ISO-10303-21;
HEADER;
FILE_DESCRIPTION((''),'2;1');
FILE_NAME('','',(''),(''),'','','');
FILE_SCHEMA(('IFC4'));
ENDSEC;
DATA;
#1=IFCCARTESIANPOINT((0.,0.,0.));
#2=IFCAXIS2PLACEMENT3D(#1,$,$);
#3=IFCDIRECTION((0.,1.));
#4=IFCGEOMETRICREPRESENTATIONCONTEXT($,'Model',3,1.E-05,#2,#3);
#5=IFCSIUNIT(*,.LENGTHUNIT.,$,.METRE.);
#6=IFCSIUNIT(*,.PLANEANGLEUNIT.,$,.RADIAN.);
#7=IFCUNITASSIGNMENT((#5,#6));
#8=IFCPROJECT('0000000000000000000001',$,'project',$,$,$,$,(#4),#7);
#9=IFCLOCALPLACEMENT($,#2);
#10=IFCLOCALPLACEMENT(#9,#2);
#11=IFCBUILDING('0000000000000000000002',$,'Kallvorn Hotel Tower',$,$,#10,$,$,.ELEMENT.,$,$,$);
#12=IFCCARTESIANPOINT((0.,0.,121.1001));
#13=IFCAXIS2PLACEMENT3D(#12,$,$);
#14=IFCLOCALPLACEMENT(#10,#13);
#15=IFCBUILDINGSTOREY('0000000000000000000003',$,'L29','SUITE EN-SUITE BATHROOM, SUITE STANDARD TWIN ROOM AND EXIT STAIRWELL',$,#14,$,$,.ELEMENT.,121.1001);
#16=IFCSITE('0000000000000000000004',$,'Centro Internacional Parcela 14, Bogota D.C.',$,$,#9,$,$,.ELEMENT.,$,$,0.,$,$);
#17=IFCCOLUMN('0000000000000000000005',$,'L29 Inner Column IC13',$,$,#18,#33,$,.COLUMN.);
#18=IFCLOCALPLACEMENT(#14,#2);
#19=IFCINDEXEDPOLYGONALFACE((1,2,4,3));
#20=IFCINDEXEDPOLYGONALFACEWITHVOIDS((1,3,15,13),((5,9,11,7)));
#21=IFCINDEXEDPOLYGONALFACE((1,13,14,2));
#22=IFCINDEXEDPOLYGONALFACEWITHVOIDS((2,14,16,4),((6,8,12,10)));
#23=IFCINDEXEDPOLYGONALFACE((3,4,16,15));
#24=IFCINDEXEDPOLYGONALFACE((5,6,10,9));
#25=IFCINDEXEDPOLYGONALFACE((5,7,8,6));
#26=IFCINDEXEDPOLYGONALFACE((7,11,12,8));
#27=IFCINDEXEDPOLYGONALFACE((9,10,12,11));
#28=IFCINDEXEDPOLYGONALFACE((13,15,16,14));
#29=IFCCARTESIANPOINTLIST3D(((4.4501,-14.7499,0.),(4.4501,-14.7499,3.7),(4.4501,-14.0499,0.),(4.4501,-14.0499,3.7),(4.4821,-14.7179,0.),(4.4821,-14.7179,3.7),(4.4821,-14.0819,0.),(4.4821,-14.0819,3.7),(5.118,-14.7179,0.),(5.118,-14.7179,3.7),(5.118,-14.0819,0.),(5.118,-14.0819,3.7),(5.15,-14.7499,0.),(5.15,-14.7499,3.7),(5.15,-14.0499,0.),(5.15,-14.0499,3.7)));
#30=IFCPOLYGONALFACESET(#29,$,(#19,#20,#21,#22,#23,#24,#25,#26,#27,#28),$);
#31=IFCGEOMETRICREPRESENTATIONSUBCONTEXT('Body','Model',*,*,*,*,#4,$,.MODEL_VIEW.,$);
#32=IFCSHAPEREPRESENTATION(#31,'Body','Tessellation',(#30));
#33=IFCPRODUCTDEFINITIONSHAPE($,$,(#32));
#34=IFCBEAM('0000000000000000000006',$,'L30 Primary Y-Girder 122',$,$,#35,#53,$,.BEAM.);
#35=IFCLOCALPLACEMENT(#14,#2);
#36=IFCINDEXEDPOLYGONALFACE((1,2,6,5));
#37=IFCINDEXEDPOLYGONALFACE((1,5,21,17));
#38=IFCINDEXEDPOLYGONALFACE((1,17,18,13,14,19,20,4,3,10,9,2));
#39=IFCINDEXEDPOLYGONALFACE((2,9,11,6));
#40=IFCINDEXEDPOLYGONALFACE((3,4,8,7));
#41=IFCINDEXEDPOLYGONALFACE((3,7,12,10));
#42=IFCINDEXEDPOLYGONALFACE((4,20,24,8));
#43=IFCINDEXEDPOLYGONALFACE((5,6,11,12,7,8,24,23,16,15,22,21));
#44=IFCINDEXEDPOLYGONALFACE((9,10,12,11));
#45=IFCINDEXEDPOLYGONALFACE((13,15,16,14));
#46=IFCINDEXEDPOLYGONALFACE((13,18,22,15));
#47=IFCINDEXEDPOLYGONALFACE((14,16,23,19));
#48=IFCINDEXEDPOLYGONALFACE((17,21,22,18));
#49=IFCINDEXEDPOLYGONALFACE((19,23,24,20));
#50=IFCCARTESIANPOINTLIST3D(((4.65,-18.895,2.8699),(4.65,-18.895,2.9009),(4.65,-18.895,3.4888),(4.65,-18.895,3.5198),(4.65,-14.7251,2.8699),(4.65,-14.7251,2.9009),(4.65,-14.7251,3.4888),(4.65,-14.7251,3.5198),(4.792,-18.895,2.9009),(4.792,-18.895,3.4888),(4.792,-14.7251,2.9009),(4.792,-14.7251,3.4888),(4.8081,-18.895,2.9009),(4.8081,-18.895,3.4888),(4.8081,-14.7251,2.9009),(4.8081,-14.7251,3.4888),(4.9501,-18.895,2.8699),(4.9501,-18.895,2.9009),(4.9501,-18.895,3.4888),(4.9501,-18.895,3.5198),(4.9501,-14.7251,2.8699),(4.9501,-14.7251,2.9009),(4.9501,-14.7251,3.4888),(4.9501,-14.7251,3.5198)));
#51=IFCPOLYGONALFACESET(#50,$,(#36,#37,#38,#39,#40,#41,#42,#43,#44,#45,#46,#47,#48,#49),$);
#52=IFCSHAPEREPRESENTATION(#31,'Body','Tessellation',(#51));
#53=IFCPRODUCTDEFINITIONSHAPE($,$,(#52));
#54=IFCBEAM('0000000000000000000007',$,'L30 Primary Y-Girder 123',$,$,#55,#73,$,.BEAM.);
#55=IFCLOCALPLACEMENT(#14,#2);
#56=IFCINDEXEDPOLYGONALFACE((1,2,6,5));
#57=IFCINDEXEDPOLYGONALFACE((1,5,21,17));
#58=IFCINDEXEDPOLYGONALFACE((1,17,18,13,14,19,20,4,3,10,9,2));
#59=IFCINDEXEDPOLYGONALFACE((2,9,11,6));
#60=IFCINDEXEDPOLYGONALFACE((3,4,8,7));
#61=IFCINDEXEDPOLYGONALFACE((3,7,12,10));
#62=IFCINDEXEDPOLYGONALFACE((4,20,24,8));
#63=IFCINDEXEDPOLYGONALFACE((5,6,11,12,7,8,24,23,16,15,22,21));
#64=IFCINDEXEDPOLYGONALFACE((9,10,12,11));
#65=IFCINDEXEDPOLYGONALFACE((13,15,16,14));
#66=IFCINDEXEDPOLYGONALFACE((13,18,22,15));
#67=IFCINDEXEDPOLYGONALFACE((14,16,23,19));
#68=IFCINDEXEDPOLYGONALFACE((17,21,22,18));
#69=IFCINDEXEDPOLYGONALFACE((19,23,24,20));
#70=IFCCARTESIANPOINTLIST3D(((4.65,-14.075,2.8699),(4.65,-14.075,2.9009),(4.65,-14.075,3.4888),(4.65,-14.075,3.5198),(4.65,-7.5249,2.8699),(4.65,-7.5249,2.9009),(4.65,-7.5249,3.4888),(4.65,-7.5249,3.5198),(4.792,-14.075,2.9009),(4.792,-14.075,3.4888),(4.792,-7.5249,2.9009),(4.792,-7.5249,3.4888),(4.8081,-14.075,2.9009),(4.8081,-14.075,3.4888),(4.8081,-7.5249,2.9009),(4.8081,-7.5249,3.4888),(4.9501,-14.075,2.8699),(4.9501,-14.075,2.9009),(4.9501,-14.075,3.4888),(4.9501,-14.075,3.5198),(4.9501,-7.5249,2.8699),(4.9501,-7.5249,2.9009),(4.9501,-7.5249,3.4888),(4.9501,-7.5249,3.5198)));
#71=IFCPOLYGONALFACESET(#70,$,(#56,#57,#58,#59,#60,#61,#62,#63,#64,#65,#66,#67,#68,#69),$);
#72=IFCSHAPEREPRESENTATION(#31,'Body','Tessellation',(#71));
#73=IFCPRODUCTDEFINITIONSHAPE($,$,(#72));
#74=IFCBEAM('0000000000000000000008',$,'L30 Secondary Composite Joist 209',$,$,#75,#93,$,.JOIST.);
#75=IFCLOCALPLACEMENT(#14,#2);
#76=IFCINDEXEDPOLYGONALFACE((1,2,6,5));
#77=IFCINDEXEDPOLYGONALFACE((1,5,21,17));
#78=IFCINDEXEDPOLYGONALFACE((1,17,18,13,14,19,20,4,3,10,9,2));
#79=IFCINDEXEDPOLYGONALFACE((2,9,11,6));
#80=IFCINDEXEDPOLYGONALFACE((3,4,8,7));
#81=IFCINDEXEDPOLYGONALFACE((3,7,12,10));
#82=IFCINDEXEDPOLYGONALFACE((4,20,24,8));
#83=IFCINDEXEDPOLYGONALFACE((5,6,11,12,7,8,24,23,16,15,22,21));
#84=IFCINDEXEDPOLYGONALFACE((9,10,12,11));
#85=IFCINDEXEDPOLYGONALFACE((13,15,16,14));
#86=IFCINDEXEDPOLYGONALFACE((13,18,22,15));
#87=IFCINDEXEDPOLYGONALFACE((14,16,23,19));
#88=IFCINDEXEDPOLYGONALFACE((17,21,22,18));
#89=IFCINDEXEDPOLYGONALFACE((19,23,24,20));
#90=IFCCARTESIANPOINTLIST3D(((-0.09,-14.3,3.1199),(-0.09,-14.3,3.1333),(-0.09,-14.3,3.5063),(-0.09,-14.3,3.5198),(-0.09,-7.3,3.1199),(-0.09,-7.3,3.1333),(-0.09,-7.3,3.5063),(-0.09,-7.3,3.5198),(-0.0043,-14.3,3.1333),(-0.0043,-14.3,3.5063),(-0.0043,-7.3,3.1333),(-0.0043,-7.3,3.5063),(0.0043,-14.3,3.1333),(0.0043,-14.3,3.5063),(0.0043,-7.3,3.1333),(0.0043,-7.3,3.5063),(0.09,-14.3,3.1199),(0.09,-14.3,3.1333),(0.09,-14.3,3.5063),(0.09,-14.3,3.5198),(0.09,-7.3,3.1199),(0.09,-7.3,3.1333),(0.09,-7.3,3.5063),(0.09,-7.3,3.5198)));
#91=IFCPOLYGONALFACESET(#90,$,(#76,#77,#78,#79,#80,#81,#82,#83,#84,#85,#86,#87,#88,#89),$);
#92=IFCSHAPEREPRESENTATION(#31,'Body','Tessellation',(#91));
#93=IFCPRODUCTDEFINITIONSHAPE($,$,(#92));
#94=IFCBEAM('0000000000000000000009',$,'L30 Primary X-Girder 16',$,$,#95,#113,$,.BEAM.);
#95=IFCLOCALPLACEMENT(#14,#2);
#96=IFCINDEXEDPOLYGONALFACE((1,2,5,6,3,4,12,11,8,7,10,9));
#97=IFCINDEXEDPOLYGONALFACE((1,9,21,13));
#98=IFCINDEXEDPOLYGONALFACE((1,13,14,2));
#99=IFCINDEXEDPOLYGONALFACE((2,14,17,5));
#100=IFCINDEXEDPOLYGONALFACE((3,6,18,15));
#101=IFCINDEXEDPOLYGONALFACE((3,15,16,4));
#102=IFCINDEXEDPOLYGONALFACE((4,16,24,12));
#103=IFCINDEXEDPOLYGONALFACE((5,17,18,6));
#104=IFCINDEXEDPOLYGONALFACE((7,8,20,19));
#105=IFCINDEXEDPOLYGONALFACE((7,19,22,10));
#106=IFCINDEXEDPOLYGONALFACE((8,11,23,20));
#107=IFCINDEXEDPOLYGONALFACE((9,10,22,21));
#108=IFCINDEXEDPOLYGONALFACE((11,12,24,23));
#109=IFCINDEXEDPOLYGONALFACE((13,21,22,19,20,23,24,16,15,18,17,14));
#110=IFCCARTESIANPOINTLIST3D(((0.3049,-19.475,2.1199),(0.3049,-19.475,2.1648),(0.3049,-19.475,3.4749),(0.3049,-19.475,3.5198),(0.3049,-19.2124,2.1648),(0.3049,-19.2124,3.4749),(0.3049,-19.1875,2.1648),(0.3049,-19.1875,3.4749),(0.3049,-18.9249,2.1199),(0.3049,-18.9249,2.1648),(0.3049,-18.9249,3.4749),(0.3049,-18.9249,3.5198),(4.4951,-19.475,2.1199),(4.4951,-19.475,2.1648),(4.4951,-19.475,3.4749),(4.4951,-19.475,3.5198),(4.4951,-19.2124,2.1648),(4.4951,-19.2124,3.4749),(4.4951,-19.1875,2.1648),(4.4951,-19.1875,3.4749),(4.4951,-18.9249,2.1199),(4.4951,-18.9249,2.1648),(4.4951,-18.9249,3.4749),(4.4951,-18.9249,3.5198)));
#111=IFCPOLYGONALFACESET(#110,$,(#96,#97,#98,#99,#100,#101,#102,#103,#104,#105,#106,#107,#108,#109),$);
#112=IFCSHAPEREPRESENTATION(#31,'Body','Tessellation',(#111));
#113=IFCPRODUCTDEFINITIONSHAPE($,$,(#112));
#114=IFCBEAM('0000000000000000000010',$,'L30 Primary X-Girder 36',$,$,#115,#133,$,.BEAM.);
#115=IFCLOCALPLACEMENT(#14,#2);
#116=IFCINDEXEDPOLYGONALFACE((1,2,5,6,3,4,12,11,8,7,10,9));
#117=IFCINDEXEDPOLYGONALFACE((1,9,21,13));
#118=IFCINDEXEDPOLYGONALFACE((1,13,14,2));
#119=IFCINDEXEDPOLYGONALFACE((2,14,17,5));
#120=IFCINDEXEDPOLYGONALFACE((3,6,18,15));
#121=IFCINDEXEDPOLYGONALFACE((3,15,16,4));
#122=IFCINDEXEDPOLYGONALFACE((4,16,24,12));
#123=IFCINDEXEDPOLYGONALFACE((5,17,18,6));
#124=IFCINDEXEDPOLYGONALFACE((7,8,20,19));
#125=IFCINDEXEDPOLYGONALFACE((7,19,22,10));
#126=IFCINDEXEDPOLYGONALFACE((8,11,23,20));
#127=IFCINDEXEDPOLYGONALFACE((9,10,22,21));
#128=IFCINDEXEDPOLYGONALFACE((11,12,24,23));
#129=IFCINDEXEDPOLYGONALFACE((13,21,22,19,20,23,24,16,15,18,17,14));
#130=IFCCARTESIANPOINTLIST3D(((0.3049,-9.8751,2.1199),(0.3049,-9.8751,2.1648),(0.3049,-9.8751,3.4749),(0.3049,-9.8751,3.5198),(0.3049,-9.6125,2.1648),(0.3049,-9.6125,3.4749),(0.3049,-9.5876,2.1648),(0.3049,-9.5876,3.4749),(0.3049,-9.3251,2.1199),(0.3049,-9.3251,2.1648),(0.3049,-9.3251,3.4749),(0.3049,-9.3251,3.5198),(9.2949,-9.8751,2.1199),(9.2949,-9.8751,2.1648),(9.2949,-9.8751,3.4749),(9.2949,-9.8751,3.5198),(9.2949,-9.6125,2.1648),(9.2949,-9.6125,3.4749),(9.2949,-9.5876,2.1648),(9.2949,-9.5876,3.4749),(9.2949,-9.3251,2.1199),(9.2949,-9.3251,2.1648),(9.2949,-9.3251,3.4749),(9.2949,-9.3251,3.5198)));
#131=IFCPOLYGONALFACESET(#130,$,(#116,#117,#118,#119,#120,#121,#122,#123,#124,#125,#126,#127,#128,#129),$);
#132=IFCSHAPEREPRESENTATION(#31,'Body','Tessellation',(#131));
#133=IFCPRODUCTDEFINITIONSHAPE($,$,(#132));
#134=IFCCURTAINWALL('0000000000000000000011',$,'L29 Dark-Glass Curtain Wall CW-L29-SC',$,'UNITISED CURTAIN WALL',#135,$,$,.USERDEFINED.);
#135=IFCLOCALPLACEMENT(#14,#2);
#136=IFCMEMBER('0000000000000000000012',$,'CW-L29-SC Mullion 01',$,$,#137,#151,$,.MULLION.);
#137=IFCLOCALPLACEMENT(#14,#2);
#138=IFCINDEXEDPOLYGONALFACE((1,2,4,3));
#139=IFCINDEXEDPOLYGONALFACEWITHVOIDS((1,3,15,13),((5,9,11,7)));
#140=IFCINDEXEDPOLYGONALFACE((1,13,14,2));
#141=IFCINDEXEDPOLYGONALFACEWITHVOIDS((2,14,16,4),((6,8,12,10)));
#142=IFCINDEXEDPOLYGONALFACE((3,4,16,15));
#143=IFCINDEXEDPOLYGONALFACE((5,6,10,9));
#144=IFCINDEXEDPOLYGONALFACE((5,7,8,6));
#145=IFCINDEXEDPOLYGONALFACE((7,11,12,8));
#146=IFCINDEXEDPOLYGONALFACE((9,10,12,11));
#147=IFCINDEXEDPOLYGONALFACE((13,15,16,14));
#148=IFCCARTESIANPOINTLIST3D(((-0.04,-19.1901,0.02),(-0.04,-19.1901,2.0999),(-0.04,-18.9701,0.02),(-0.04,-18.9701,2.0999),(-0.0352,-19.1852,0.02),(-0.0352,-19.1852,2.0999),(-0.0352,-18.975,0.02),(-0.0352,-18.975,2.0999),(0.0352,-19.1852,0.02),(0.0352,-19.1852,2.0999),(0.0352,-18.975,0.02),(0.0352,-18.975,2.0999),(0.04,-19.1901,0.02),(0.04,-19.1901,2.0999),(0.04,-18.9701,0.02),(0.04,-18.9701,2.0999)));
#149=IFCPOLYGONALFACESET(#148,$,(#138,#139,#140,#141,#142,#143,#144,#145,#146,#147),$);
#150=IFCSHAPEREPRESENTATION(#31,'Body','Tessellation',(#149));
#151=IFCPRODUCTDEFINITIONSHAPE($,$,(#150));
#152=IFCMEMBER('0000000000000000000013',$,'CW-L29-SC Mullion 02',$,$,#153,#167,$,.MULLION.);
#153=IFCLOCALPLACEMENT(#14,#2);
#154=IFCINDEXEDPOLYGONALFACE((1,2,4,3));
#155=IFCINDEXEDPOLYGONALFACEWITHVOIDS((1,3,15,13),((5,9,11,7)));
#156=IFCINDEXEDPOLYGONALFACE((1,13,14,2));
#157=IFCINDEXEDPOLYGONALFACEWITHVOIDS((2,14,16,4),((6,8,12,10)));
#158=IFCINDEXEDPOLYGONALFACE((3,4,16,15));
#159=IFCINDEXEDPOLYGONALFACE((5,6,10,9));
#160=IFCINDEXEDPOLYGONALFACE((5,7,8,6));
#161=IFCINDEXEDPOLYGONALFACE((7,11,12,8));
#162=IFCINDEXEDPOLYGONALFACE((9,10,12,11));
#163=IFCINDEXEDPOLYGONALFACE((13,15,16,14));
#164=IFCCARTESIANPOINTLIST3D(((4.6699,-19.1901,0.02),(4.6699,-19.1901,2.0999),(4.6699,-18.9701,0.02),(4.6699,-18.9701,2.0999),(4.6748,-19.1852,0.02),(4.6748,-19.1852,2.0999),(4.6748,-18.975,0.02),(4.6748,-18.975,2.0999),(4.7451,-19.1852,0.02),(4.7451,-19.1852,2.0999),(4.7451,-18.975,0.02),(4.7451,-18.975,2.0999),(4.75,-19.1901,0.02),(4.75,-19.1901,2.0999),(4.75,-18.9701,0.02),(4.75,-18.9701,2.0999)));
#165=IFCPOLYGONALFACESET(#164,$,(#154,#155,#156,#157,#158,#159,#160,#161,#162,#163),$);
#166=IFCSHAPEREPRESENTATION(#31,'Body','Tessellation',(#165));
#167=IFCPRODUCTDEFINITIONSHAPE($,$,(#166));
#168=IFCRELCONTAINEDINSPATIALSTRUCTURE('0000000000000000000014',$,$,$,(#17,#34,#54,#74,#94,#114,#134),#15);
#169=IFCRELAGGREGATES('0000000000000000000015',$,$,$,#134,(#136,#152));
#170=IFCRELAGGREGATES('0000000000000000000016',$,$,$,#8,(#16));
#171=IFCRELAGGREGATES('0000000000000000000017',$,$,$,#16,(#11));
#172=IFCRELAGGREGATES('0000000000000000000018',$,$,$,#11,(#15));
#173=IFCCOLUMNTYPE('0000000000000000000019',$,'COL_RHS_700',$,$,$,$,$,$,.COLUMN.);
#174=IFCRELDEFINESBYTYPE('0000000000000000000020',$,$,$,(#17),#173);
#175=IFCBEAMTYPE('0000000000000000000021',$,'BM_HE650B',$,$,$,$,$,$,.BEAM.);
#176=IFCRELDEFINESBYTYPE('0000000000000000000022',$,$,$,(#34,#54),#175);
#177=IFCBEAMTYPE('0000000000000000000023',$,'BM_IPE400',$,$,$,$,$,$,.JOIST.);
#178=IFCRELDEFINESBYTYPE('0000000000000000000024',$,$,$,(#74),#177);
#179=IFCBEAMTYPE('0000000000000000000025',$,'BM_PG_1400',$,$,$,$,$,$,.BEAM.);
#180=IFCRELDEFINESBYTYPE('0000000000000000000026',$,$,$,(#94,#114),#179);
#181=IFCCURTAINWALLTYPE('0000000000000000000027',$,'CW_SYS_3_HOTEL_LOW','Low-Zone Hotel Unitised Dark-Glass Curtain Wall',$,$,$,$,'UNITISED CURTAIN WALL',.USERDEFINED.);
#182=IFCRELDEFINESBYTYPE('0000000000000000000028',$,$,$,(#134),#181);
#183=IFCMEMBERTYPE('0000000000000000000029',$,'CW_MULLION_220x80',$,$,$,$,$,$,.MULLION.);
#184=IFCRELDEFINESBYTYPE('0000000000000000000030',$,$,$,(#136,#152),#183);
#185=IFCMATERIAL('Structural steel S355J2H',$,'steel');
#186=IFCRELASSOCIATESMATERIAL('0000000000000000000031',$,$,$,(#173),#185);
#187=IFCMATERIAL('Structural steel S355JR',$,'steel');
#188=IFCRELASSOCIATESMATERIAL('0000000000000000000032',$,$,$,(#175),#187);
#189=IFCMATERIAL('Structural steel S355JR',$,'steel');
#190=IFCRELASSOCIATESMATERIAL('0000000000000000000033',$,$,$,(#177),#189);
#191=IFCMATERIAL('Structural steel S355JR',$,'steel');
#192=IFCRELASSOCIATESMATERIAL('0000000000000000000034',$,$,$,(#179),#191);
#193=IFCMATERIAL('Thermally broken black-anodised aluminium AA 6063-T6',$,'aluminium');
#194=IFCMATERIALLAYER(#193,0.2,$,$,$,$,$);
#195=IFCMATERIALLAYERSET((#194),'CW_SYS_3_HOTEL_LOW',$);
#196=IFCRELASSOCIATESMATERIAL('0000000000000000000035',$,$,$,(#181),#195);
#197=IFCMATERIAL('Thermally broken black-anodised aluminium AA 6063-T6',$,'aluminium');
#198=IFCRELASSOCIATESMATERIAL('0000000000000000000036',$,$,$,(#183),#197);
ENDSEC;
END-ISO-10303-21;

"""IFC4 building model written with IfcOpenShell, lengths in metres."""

from ifc_helpers import new_model, si_unit, direction, frame, origin, origin_2d, place, context, subcontext, project, spatial, hollow_rectangle, i_section, extrude, material, layer, layer_set, material_profile, profile_set, type_object, element, aggregate, save


model = new_model("IFC4")

# Units and contexts
model_context = context("Model", 3, precision=1e-05, world=origin(), true_north=direction((0.0, 1.0)))
body_context = subcontext(model_context, "Body", "Model", "MODEL_VIEW")
ifc_project = project(units=[si_unit("LENGTHUNIT", "METRE"), si_unit("PLANEANGLEUNIT", "RADIAN")], contexts=[model_context])

# Site, building, storey
site_placement = place(None, origin())
site = spatial("IfcSite", under=ifc_project, at=site_placement, Name="Centro Internacional Parcela 14, Bogota D.C.", CompositionType="ELEMENT", RefElevation=0.0)
building_placement = place(site_placement, origin())
building = spatial("IfcBuilding", under=site, at=building_placement, Name="Kallvorn Hotel Tower", CompositionType="ELEMENT")
storey_placement = place(building_placement, frame((0.0, 0.0, 121.1001)))
storey = spatial("IfcBuildingStorey", under=building, at=storey_placement, Name="L29", Description="SUITE EN-SUITE BATHROOM, SUITE STANDARD TWIN ROOM AND EXIT STAIRWELL", CompositionType="ELEMENT", Elevation=121.1001)

# Column
ifc_material_1 = material(Name="Structural steel S355J2H", Category="steel")
ifc_material_profile_1 = material_profile(ifc_material_1, hollow_rectangle(XDim=0.7, YDim=0.7, WallThickness=0.032, at=origin_2d()), Name="RHS 700x700x32")
ifc_profile_set_1 = profile_set([ifc_material_profile_1], Name="Structural steel S355J2H")
column_type_1 = type_object("IfcColumnType", Name="COL_RHS_700", PredefinedType="COLUMN", material=ifc_profile_set_1)
column_placement = place(storey_placement, frame((4.8, -14.3999, 0.0), z_axis=(0.0, 0.0, 1.0), x_axis=(1.0, 0.0, 0.0)))
element("IfcColumn", 1, at=column_placement, inside=storey, type_object=column_type_1, Name="L29 Inner Column IC13", PredefinedType="COLUMN", context=body_context, shape_type="SweptSolid", body=[
    extrude(hollow_rectangle(XDim=0.7, YDim=0.7, WallThickness=0.032, at=origin_2d()), origin(), (0.0, 0.0, 1.0), 3.7),
])

# Beams
ifc_material_2 = material(Name="Structural steel S355JR", Category="steel")
ifc_material_profile_2 = material_profile(ifc_material_2, i_section(OverallWidth=0.3, OverallDepth=0.6499, WebThickness=0.0161, FlangeThickness=0.031, at=origin_2d()), Name="HE 650 B")
ifc_profile_set_2 = profile_set([ifc_material_profile_2], Name="Structural steel S355JR")
beam_type_1 = type_object("IfcBeamType", Name="BM_HE650B", PredefinedType="BEAM", material=ifc_profile_set_2)
beam_1_placement = place(storey_placement, frame((4.8, -18.895, 3.1948), z_axis=(0.0, 1.0, 0.0), x_axis=(-1.0, 0.0, 0.0)))
element("IfcBeam", 2, at=beam_1_placement, inside=storey, type_object=beam_type_1, Name="L30 Primary Y-Girder 122", PredefinedType="BEAM", context=body_context, shape_type="SweptSolid", body=[
    extrude(i_section(OverallWidth=0.3, OverallDepth=0.6499, WebThickness=0.0161, FlangeThickness=0.031, at=origin_2d()), origin(), (0.0, 0.0, 1.0), 4.1699),
])
beam_2_placement = place(storey_placement, frame((4.8, -14.075, 3.1948), z_axis=(0.0, 1.0, 0.0), x_axis=(-1.0, 0.0, 0.0)))
element("IfcBeam", 3, at=beam_2_placement, inside=storey, type_object=beam_type_1, Name="L30 Primary Y-Girder 123", PredefinedType="BEAM", context=body_context, shape_type="SweptSolid", body=[
    extrude(i_section(OverallWidth=0.3, OverallDepth=0.6499, WebThickness=0.0161, FlangeThickness=0.031, at=origin_2d()), origin(), (0.0, 0.0, 1.0), 6.55),
])
ifc_material_3 = material(Name="Structural steel S355JR", Category="steel")
ifc_material_profile_3 = material_profile(ifc_material_3, i_section(OverallWidth=0.1799, OverallDepth=0.3999, WebThickness=0.0085, FlangeThickness=0.0134, at=origin_2d()), Name="IPE 400")
ifc_profile_set_3 = profile_set([ifc_material_profile_3], Name="Structural steel S355JR")
beam_type_2 = type_object("IfcBeamType", Name="BM_IPE400", PredefinedType="JOIST", material=ifc_profile_set_3)
beam_3_placement = place(storey_placement, frame((0.0, -14.3, 3.3198), z_axis=(0.0, 1.0, 0.0), x_axis=(-1.0, 0.0, 0.0)))
element("IfcBeam", 4, at=beam_3_placement, inside=storey, type_object=beam_type_2, Name="L30 Secondary Composite Joist 209", PredefinedType="JOIST", context=body_context, shape_type="SweptSolid", body=[
    extrude(i_section(OverallWidth=0.1799, OverallDepth=0.3999, WebThickness=0.0085, FlangeThickness=0.0134, at=origin_2d()), origin(), (0.0, 0.0, 1.0), 7.0),
])
ifc_material_4 = material(Name="Structural steel S355JR", Category="steel")
ifc_material_profile_4 = material_profile(ifc_material_4, i_section(OverallWidth=0.55, OverallDepth=1.3999, WebThickness=0.0249, FlangeThickness=0.0449, at=origin_2d()), Name="PG 1400x550x25x45")
ifc_profile_set_4 = profile_set([ifc_material_profile_4], Name="Structural steel S355JR")
beam_type_3 = type_object("IfcBeamType", Name="BM_PG_1400", PredefinedType="BEAM", material=ifc_profile_set_4)
beam_4_placement = place(storey_placement, frame((0.3049, -19.2, 2.8198), z_axis=(1.0, 0.0, 0.0), x_axis=(0.0, 1.0, 0.0)))
element("IfcBeam", 5, at=beam_4_placement, inside=storey, type_object=beam_type_3, Name="L30 Primary X-Girder 16", PredefinedType="BEAM", context=body_context, shape_type="SweptSolid", body=[
    extrude(i_section(OverallWidth=0.55, OverallDepth=1.3999, WebThickness=0.0249, FlangeThickness=0.0449, at=origin_2d()), origin(), (0.0, 0.0, 1.0), 4.1902),
])
beam_5_placement = place(storey_placement, frame((0.3049, -9.6001, 2.8198), z_axis=(1.0, 0.0, 0.0), x_axis=(0.0, 1.0, 0.0)))
element("IfcBeam", 6, at=beam_5_placement, inside=storey, type_object=beam_type_3, Name="L30 Primary X-Girder 36", PredefinedType="BEAM", context=body_context, shape_type="SweptSolid", body=[
    extrude(i_section(OverallWidth=0.55, OverallDepth=1.3999, WebThickness=0.0249, FlangeThickness=0.0449, at=origin_2d()), origin(), (0.0, 0.0, 1.0), 8.99),
])

# Curtain wall, members
ifc_material_5 = material(Name="Thermally broken black-anodised aluminium AA 6063-T6", Category="aluminium")
ifc_layer_1 = layer(ifc_material_5, 0.2)
ifc_layer_set_1 = layer_set([ifc_layer_1], Name="CW_SYS_3_HOTEL_LOW")
curtain_wall_type = type_object("IfcCurtainWallType", Name="CW_SYS_3_HOTEL_LOW", Description="Low-Zone Hotel Unitised Dark-Glass Curtain Wall", ElementType="UNITISED CURTAIN WALL", PredefinedType="USERDEFINED", material=ifc_layer_set_1)
curtain_wall_placement = place(storey_placement, origin())
curtain_wall = element("IfcCurtainWall", 7, at=curtain_wall_placement, inside=storey, type_object=curtain_wall_type, Name="L29 Dark-Glass Curtain Wall CW-L29-SC", ObjectType="UNITISED CURTAIN WALL", PredefinedType="USERDEFINED")
ifc_material_6 = material(Name="Thermally broken black-anodised aluminium AA 6063-T6", Category="aluminium")
ifc_material_profile_5 = material_profile(ifc_material_6, hollow_rectangle(XDim=0.0801, YDim=0.22, WallThickness=0.0049, at=origin_2d()), Name="MUL 220x80")
ifc_profile_set_5 = profile_set([ifc_material_profile_5], Name="Thermally broken black-anodised aluminium AA 6063-T6")
member_type_1 = type_object("IfcMemberType", Name="CW_MULLION_220x80", PredefinedType="MULLION", material=ifc_profile_set_5)
member_1_placement = place(storey_placement, frame((0.0, -19.0801, 0.02), z_axis=(0.0, 0.0, 1.0), x_axis=(1.0, 0.0, 0.0)))
member_1 = element("IfcMember", 8, at=member_1_placement, type_object=member_type_1, Name="CW-L29-SC Mullion 01", PredefinedType="MULLION", context=body_context, shape_type="SweptSolid", body=[
    extrude(hollow_rectangle(XDim=0.0801, YDim=0.22, WallThickness=0.0049, at=origin_2d()), origin(), (0.0, 0.0, 1.0), 2.0798),
])
member_2_placement = place(storey_placement, frame((4.71, -19.0801, 0.02), z_axis=(0.0, 0.0, 1.0), x_axis=(1.0, 0.0, 0.0)))
member_2 = element("IfcMember", 9, at=member_2_placement, type_object=member_type_1, Name="CW-L29-SC Mullion 02", PredefinedType="MULLION", context=body_context, shape_type="SweptSolid", body=[
    extrude(hollow_rectangle(XDim=0.0801, YDim=0.22, WallThickness=0.0049, at=origin_2d()), origin(), (0.0, 0.0, 1.0), 2.0798),
])
aggregate(curtain_wall, [member_1, member_2])

save(model, "model.ifc")
